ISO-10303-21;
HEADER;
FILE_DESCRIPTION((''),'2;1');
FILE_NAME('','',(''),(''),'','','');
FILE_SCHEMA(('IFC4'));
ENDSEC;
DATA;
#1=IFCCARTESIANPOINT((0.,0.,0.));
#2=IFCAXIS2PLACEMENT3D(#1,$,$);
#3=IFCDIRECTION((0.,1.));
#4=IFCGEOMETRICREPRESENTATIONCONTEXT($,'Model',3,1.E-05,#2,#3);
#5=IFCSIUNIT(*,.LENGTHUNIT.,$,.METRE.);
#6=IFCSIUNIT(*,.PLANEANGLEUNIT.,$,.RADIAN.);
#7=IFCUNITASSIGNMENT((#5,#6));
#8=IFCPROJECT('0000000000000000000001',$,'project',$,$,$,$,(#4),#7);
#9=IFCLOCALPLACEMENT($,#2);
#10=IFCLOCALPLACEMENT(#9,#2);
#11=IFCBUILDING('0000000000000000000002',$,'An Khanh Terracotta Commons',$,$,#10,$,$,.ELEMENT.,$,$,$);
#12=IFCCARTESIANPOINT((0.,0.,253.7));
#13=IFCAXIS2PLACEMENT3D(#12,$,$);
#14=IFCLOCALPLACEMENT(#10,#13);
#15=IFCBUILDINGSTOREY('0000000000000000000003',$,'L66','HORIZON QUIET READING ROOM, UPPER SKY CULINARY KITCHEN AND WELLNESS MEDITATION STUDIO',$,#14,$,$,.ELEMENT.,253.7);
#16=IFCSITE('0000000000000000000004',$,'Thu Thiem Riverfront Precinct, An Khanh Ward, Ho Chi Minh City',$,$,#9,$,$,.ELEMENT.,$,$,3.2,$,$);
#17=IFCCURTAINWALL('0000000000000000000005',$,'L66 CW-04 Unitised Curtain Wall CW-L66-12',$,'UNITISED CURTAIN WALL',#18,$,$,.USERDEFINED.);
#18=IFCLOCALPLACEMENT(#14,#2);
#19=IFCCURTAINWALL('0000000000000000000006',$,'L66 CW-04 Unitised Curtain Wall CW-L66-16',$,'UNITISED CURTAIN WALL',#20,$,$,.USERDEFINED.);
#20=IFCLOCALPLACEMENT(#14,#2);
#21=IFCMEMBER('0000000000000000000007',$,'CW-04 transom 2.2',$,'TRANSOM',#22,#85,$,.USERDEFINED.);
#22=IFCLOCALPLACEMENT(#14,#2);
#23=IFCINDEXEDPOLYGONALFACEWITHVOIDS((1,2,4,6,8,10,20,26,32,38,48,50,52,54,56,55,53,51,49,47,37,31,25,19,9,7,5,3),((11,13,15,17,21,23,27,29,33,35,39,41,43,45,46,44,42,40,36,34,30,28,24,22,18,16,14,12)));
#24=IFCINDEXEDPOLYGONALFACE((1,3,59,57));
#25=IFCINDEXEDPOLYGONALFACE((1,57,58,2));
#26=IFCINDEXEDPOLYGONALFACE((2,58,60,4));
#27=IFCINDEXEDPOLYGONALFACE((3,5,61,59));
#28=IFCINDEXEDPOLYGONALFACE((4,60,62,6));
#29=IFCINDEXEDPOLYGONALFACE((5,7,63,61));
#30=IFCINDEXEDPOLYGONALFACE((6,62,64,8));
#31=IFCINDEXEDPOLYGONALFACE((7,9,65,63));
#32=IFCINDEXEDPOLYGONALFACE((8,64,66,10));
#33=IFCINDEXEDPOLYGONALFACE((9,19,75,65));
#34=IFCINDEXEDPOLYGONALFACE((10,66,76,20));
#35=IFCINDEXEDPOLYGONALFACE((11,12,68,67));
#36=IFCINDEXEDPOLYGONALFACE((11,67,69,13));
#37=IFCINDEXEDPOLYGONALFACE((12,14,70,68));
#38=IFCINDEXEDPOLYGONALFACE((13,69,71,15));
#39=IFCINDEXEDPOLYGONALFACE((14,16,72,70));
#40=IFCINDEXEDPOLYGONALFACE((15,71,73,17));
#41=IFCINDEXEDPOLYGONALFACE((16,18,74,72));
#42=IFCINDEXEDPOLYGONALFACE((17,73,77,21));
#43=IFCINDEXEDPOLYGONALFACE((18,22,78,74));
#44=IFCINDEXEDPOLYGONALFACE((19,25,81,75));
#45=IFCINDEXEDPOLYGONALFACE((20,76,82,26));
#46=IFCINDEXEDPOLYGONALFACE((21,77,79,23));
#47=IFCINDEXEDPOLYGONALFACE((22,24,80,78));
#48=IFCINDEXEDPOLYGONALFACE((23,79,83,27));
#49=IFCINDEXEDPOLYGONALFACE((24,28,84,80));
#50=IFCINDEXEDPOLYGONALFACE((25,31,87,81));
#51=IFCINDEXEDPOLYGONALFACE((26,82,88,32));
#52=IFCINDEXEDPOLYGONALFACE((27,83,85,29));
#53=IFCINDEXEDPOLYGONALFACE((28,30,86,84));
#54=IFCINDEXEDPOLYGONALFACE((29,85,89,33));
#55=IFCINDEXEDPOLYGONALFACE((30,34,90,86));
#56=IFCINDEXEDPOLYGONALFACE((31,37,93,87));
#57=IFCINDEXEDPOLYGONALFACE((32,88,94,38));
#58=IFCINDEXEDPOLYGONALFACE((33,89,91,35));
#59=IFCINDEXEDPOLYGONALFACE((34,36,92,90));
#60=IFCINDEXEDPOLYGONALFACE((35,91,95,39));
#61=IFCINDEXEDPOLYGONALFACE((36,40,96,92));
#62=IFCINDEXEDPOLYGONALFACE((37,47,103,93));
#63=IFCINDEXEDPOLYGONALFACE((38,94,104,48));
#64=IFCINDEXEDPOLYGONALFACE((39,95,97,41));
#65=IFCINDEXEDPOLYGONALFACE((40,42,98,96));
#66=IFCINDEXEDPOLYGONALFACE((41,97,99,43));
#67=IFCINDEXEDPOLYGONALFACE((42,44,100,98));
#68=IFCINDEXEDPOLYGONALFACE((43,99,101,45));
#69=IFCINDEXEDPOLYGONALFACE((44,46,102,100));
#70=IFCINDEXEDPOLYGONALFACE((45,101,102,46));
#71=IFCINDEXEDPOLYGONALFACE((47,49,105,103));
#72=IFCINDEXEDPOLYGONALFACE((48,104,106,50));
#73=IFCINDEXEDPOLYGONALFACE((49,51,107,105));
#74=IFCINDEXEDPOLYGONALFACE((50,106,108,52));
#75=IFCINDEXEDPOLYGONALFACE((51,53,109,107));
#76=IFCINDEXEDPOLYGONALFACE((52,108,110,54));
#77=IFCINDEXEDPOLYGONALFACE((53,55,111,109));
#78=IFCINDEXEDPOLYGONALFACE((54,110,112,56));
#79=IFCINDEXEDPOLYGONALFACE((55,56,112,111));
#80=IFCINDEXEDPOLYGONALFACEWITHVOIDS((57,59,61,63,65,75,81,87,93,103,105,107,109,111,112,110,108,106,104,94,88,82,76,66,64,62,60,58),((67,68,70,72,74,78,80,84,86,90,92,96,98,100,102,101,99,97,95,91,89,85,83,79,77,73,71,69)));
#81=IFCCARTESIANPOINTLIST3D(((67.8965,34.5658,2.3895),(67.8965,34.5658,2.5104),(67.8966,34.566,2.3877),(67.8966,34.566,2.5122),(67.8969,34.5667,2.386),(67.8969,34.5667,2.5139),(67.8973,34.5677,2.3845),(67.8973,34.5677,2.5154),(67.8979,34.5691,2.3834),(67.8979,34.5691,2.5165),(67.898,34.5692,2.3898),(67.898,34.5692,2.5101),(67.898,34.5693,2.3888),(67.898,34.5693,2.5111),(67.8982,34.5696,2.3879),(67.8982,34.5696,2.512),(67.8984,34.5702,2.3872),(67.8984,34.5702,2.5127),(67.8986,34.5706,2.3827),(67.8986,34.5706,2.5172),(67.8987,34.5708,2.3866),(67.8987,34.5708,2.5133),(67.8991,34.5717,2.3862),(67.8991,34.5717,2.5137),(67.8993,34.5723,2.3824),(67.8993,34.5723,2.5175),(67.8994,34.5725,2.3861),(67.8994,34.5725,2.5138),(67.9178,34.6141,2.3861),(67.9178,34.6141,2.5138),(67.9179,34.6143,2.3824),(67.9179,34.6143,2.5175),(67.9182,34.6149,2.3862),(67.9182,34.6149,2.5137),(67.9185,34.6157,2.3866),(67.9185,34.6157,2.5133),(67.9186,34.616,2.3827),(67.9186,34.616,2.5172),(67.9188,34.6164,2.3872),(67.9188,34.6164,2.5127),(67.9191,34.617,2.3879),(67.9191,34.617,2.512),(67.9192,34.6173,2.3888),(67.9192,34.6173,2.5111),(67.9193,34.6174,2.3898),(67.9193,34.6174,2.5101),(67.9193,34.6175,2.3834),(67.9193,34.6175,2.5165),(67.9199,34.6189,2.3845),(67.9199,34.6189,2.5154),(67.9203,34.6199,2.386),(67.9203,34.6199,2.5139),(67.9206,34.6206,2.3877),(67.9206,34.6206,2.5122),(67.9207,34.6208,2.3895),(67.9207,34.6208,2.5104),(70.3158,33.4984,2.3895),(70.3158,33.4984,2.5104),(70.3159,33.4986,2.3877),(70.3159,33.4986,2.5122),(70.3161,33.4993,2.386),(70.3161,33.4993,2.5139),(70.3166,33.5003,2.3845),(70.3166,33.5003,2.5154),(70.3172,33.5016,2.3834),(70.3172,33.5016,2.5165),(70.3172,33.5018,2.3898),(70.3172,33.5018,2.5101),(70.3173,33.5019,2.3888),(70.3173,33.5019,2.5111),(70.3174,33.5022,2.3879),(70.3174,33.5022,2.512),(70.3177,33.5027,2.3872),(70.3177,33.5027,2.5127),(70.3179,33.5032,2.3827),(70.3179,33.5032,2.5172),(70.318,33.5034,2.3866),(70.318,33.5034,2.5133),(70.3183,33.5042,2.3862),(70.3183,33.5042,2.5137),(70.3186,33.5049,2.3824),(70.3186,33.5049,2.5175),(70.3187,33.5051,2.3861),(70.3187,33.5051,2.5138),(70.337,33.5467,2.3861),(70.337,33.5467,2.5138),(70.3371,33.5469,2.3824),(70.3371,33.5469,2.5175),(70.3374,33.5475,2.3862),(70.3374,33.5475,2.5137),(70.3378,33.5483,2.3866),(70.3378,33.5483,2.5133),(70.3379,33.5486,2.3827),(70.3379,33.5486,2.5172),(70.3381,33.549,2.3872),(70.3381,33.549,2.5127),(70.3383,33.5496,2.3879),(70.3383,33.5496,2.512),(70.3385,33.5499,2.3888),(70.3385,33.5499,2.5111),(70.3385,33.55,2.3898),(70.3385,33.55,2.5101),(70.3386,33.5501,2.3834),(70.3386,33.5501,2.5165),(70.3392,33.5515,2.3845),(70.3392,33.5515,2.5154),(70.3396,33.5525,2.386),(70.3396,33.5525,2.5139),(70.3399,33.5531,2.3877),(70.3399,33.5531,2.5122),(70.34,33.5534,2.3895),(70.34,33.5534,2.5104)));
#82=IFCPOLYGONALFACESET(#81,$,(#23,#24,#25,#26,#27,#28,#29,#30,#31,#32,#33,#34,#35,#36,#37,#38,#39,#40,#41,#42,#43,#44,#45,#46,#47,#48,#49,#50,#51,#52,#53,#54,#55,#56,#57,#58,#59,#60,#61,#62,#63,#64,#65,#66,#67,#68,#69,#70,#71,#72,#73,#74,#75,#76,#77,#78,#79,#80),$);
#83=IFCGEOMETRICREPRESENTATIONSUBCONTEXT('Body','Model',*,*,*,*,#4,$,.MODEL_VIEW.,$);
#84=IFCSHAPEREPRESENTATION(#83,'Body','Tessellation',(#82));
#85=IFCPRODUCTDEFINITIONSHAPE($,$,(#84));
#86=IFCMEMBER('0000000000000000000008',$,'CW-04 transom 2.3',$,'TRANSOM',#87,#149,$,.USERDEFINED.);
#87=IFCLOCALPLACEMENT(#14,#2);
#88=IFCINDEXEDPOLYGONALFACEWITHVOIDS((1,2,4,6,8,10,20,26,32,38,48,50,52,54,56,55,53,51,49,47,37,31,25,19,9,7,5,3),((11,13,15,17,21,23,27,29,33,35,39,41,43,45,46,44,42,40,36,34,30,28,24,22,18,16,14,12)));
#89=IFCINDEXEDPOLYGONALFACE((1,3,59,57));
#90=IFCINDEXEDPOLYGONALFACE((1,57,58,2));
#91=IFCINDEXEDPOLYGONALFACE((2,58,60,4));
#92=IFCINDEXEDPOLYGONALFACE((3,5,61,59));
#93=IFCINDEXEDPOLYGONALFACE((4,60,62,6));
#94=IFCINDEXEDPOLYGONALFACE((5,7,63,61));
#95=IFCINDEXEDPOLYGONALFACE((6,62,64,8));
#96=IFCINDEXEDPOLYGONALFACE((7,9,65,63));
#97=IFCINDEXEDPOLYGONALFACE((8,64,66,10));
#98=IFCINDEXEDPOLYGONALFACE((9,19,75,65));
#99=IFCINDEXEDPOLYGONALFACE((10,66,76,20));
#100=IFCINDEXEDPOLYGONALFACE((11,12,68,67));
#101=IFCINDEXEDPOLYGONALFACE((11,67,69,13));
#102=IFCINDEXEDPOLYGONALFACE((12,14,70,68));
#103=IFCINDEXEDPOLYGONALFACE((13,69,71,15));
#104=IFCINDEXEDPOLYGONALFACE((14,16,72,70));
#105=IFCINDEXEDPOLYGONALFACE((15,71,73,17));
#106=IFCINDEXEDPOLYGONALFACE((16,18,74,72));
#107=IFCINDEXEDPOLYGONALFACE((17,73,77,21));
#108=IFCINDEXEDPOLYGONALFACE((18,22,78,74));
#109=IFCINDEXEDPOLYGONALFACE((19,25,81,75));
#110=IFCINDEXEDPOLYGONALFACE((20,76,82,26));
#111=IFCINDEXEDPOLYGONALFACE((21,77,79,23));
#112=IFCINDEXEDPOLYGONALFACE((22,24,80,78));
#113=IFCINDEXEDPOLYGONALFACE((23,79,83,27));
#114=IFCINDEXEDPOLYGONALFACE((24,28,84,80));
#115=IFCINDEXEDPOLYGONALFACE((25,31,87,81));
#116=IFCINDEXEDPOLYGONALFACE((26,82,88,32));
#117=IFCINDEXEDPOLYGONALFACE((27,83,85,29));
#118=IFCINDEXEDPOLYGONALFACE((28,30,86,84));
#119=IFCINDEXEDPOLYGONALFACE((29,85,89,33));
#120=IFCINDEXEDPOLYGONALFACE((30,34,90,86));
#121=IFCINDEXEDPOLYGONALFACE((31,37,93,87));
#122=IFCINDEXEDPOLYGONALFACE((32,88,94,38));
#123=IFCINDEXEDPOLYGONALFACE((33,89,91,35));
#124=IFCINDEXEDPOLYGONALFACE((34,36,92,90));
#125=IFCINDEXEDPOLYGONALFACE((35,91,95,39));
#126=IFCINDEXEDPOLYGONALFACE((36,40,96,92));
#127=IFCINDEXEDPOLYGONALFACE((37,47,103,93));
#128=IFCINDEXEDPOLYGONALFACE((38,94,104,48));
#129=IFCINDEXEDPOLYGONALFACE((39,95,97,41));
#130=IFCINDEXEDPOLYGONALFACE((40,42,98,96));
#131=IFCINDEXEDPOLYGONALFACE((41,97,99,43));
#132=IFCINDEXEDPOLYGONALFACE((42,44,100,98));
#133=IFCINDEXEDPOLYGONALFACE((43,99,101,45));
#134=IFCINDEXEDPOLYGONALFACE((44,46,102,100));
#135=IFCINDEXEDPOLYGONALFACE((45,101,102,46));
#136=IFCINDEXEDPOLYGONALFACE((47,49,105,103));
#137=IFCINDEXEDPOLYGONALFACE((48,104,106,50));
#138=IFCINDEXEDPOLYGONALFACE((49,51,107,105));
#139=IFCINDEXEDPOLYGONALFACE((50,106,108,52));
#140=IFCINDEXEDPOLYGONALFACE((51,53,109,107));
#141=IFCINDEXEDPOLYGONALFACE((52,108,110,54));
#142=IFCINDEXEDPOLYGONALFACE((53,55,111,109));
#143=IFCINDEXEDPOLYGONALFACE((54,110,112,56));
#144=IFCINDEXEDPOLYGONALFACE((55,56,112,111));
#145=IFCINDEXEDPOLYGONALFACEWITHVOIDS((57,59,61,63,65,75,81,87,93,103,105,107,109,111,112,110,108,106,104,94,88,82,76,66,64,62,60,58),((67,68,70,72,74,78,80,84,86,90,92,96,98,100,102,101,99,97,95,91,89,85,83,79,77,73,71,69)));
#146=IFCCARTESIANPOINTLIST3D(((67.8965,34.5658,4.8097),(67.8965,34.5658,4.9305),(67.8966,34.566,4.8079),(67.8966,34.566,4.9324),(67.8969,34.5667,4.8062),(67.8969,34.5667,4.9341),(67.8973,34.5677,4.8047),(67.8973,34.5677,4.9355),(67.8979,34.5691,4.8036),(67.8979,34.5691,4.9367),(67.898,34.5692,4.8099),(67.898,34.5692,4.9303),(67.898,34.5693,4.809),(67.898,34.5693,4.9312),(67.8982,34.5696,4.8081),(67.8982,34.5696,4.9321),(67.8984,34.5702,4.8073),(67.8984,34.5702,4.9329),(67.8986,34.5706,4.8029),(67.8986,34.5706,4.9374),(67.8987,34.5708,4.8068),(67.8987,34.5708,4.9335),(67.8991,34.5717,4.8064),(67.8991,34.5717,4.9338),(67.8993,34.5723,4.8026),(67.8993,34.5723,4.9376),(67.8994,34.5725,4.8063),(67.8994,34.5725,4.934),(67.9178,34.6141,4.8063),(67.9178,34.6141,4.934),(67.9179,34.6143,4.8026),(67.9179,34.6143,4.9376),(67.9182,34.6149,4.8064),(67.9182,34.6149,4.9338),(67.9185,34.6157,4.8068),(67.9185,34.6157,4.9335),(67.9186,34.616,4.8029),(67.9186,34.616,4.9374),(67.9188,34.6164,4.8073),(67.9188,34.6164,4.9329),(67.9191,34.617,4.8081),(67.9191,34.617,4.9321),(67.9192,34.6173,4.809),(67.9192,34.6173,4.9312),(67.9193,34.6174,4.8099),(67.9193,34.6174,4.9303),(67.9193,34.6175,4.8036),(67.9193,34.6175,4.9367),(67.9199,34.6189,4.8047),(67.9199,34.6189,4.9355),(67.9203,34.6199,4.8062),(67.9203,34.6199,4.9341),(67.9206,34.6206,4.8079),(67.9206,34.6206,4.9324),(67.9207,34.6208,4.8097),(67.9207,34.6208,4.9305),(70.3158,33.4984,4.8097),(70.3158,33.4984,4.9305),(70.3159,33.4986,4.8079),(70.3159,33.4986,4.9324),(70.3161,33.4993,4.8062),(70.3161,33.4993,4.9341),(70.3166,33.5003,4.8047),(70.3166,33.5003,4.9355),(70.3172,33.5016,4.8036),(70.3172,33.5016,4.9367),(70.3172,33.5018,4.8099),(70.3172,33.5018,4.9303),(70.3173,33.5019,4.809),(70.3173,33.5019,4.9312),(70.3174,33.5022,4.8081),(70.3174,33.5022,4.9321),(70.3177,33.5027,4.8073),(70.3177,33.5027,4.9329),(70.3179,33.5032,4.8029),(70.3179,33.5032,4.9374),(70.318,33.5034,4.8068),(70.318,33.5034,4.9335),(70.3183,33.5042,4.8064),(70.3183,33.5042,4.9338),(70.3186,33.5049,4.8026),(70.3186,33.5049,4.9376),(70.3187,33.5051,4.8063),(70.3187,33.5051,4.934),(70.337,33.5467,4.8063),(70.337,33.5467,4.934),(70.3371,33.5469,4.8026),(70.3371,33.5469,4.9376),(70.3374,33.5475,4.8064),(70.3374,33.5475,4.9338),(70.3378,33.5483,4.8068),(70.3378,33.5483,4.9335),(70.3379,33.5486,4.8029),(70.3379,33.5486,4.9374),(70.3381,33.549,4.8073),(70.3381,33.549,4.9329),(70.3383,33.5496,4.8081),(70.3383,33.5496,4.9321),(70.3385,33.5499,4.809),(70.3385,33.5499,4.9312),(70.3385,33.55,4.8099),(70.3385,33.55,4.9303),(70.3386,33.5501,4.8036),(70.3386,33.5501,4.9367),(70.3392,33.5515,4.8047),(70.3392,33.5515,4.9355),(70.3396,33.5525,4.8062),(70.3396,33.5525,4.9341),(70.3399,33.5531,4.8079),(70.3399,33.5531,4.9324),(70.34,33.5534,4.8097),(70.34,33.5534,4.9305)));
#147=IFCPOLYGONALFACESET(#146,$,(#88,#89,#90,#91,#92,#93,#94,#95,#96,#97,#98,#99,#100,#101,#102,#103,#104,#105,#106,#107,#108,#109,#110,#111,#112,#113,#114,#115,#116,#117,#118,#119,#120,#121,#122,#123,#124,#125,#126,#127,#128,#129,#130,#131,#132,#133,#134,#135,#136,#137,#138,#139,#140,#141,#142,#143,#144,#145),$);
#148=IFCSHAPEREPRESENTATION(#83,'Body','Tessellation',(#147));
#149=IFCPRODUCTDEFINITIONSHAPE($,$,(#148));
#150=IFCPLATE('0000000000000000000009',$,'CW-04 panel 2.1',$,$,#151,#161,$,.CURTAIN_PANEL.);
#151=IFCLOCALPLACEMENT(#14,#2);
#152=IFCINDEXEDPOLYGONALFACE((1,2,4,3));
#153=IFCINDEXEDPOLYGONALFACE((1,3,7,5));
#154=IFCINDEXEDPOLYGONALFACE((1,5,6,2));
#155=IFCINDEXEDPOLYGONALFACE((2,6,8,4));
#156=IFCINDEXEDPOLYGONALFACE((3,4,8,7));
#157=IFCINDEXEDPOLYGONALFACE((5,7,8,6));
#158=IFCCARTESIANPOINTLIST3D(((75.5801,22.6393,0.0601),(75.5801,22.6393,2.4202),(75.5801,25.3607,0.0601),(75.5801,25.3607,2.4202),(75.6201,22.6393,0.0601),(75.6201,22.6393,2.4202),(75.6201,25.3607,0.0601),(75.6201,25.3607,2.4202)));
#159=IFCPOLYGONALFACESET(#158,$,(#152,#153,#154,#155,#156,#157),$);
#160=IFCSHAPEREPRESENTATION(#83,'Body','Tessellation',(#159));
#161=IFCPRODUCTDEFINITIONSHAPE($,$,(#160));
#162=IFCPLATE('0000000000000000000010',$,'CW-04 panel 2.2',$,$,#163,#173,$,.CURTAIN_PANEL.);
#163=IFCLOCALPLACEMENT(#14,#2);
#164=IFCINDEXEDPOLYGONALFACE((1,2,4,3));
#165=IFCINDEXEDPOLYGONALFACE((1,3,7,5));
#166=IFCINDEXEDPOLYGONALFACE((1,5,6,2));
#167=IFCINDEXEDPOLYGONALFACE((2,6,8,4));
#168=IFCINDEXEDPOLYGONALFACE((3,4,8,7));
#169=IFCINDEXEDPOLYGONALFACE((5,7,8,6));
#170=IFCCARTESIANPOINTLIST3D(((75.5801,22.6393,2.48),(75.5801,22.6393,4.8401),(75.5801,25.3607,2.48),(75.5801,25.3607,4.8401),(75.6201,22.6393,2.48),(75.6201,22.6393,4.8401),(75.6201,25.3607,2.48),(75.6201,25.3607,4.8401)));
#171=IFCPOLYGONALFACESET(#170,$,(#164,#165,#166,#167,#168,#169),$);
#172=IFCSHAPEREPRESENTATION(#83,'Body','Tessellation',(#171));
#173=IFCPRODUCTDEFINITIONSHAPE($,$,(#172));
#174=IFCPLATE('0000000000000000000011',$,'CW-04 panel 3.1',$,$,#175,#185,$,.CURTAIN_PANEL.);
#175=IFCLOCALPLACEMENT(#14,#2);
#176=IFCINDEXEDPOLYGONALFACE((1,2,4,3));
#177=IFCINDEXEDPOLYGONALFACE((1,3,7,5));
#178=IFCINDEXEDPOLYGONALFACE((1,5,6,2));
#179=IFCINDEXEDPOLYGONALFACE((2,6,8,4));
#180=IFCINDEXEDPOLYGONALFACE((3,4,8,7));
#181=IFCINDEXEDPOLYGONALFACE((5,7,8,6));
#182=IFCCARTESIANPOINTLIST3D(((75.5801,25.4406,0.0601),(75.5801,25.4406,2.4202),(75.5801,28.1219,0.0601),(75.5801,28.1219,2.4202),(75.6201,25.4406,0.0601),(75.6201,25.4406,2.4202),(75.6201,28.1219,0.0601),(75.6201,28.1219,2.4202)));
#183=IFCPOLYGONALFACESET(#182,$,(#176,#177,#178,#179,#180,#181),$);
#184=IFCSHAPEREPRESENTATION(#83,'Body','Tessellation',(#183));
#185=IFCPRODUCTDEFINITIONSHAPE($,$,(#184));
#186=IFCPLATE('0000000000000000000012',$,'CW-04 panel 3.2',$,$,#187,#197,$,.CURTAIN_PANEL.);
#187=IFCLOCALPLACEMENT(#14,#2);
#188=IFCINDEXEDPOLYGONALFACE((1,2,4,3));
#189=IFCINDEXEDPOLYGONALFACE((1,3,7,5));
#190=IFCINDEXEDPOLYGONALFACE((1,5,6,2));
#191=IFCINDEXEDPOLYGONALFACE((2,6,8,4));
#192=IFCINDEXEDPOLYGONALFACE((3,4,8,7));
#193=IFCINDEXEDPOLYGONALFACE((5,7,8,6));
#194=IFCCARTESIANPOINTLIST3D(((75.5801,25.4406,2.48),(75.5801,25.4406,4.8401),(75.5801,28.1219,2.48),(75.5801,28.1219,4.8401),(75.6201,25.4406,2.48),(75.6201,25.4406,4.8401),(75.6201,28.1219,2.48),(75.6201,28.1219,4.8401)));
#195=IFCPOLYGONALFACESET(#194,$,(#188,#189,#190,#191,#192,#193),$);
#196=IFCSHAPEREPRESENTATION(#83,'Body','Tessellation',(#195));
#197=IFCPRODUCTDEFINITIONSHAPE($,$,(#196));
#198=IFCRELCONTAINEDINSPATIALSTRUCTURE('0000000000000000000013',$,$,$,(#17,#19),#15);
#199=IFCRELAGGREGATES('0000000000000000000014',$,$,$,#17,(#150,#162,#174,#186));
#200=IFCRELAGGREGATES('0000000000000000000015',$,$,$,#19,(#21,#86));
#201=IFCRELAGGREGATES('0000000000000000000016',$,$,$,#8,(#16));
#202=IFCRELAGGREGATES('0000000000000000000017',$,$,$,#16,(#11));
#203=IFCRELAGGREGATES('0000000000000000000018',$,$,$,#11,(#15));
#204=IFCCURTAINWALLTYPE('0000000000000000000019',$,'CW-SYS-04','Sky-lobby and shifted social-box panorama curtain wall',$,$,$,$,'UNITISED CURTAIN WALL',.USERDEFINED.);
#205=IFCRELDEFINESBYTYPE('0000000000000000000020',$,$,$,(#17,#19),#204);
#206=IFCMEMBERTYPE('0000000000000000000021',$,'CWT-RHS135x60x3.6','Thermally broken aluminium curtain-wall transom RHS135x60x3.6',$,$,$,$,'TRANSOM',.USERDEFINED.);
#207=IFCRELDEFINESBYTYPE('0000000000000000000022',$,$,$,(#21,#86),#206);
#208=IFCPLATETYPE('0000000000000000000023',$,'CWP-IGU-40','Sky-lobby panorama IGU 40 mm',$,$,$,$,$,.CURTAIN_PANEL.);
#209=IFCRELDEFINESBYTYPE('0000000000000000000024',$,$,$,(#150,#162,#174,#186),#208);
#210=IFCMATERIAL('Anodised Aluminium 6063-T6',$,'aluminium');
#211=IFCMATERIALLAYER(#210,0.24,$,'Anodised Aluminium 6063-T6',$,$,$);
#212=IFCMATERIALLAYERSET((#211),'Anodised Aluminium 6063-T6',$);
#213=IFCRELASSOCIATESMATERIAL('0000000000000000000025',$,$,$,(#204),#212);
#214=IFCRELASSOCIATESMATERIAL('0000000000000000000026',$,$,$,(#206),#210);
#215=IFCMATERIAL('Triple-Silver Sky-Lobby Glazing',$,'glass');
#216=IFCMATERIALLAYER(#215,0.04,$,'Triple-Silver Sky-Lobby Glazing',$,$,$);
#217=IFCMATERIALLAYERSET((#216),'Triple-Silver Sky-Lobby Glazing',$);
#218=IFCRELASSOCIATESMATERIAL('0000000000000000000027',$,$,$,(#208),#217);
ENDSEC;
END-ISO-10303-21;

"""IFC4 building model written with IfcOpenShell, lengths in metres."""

from ifc_helpers import new_model, si_unit, direction, frame, origin, origin_2d, place, context, subcontext, project, spatial, rectangle, hollow_rectangle, extrude, material, layer, layer_set, material_profile, profile_set, type_object, element, aggregate, save


model = new_model("IFC4")

# Units and contexts
model_context = context("Model", 3, precision=1e-05, world=origin(), true_north=direction((0.0, 1.0)))
body_context = subcontext(model_context, "Body", "Model", "MODEL_VIEW")
ifc_project = project(units=[si_unit("LENGTHUNIT", "METRE"), si_unit("PLANEANGLEUNIT", "RADIAN")], contexts=[model_context])

# Site, building, storey
site_placement = place(None, origin())
site = spatial("IfcSite", under=ifc_project, at=site_placement, Name="Thu Thiem Riverfront Precinct, An Khanh Ward, Ho Chi Minh City", CompositionType="ELEMENT", RefElevation=3.2)
building_placement = place(site_placement, origin())
building = spatial("IfcBuilding", under=site, at=building_placement, Name="An Khanh Terracotta Commons", CompositionType="ELEMENT")
storey_placement = place(building_placement, frame((0.0, 0.0, 253.7)))
storey = spatial("IfcBuildingStorey", under=building, at=storey_placement, Name="L66", Description="HORIZON QUIET READING ROOM, UPPER SKY CULINARY KITCHEN AND WELLNESS MEDITATION STUDIO", CompositionType="ELEMENT", Elevation=253.7)

# Curtain walls
ifc_material_1 = material(Name="Anodised Aluminium 6063-T6", Category="aluminium")
ifc_layer_1 = layer(ifc_material_1, 0.24, Name="Anodised Aluminium 6063-T6")
ifc_layer_set_1 = layer_set([ifc_layer_1], Name="Anodised Aluminium 6063-T6")
curtain_wall_type = type_object("IfcCurtainWallType", Name="CW-SYS-04", Description="Sky-lobby and shifted social-box panorama curtain wall", ElementType="UNITISED CURTAIN WALL", PredefinedType="USERDEFINED", material=ifc_layer_set_1)
curtain_wall_1_placement = place(storey_placement, origin())
curtain_wall_1 = element("IfcCurtainWall", 1, at=curtain_wall_1_placement, inside=storey, type_object=curtain_wall_type, Name="L66 CW-04 Unitised Curtain Wall CW-L66-12", ObjectType="UNITISED CURTAIN WALL", PredefinedType="USERDEFINED")
curtain_wall_2_placement = place(storey_placement, origin())
curtain_wall_2 = element("IfcCurtainWall", 2, at=curtain_wall_2_placement, inside=storey, type_object=curtain_wall_type, Name="L66 CW-04 Unitised Curtain Wall CW-L66-16", ObjectType="UNITISED CURTAIN WALL", PredefinedType="USERDEFINED")

# Members
ifc_material_profile_1 = material_profile(ifc_material_1, hollow_rectangle(XDim=0.0601, YDim=0.135, WallThickness=0.0037, InnerFilletRadius=0.0037, OuterFilletRadius=0.0071, at=origin_2d()), Name="RHS135x60x3.6")
ifc_profile_set_1 = profile_set([ifc_material_profile_1], Name="Anodised Aluminium 6063-T6")
member_type_1 = type_object("IfcMemberType", Name="CWT-RHS135x60x3.6", Description="Thermally broken aluminium curtain-wall transom RHS135x60x3.6", ElementType="TRANSOM", PredefinedType="USERDEFINED", material=ifc_profile_set_1)
member_1_placement = place(storey_placement, frame((70.3279, 33.5259, 2.45), z_axis=(-0.914905, 0.40367, 0.0), x_axis=(-0.40367, -0.914905, 0.0)))
member_1 = element("IfcMember", 3, at=member_1_placement, type_object=member_type_1, Name="CW-04 transom 2.2", ObjectType="TRANSOM", PredefinedType="USERDEFINED", context=body_context, shape_type="SweptSolid", body=[
    extrude(hollow_rectangle(XDim=0.0601, YDim=0.135, WallThickness=0.0037, InnerFilletRadius=0.0037, OuterFilletRadius=0.0071, at=origin_2d()), origin(), (0.0, 0.0, 1.0), 2.6443),
])
member_2_placement = place(storey_placement, frame((70.3279, 33.5259, 4.8701), z_axis=(-0.914905, 0.40367, 0.0), x_axis=(-0.40367, -0.914905, 0.0)))
member_2 = element("IfcMember", 4, at=member_2_placement, type_object=member_type_1, Name="CW-04 transom 2.3", ObjectType="TRANSOM", PredefinedType="USERDEFINED", context=body_context, shape_type="SweptSolid", body=[
    extrude(hollow_rectangle(XDim=0.0601, YDim=0.135, WallThickness=0.0037, InnerFilletRadius=0.0037, OuterFilletRadius=0.0071, at=origin_2d()), origin(), (0.0, 0.0, 1.0), 2.6443),
])

# Plates
ifc_material_2 = material(Name="Triple-Silver Sky-Lobby Glazing", Category="glass")
ifc_layer_2 = layer(ifc_material_2, 0.04, Name="Triple-Silver Sky-Lobby Glazing")
ifc_layer_set_2 = layer_set([ifc_layer_2], Name="Triple-Silver Sky-Lobby Glazing")
plate_type = type_object("IfcPlateType", Name="CWP-IGU-40", Description="Sky-lobby panorama IGU 40 mm", PredefinedType="CURTAIN_PANEL", material=ifc_layer_set_2)
plate_1_placement = place(storey_placement, frame((75.6001, 24.0, 0.0601), z_axis=(0.0, 0.0, 1.0), x_axis=(0.0, 1.0, 0.0)))
plate_1 = element("IfcPlate", 5, at=plate_1_placement, type_object=plate_type, Name="CW-04 panel 2.1", PredefinedType="CURTAIN_PANEL", context=body_context, shape_type="SweptSolid", body=[
    extrude(rectangle(XDim=2.7214, YDim=0.04, at=origin_2d()), origin(), (0.0, 0.0, 1.0), 2.3601),
])
plate_2_placement = place(storey_placement, frame((75.6001, 24.0, 2.48), z_axis=(0.0, 0.0, 1.0), x_axis=(0.0, 1.0, 0.0)))
plate_2 = element("IfcPlate", 6, at=plate_2_placement, type_object=plate_type, Name="CW-04 panel 2.2", PredefinedType="CURTAIN_PANEL", context=body_context, shape_type="SweptSolid", body=[
    extrude(rectangle(XDim=2.7214, YDim=0.04, at=origin_2d()), origin(), (0.0, 0.0, 1.0), 2.3601),
])
plate_3_placement = place(storey_placement, frame((75.6001, 26.7812, 0.0601), z_axis=(0.0, 0.0, 1.0), x_axis=(0.0, 1.0, 0.0)))
plate_3 = element("IfcPlate", 7, at=plate_3_placement, type_object=plate_type, Name="CW-04 panel 3.1", PredefinedType="CURTAIN_PANEL", context=body_context, shape_type="SweptSolid", body=[
    extrude(rectangle(XDim=2.6814, YDim=0.04, at=origin_2d()), origin(), (0.0, 0.0, 1.0), 2.3601),
])
plate_4_placement = place(storey_placement, frame((75.6001, 26.7812, 2.48), z_axis=(0.0, 0.0, 1.0), x_axis=(0.0, 1.0, 0.0)))
plate_4 = element("IfcPlate", 8, at=plate_4_placement, type_object=plate_type, Name="CW-04 panel 3.2", PredefinedType="CURTAIN_PANEL", context=body_context, shape_type="SweptSolid", body=[
    extrude(rectangle(XDim=2.6814, YDim=0.04, at=origin_2d()), origin(), (0.0, 0.0, 1.0), 2.3601),
])
aggregate(curtain_wall_1, [plate_1, plate_2, plate_3, plate_4])
aggregate(curtain_wall_2, [member_1, member_2])

save(model, "model.ifc")
